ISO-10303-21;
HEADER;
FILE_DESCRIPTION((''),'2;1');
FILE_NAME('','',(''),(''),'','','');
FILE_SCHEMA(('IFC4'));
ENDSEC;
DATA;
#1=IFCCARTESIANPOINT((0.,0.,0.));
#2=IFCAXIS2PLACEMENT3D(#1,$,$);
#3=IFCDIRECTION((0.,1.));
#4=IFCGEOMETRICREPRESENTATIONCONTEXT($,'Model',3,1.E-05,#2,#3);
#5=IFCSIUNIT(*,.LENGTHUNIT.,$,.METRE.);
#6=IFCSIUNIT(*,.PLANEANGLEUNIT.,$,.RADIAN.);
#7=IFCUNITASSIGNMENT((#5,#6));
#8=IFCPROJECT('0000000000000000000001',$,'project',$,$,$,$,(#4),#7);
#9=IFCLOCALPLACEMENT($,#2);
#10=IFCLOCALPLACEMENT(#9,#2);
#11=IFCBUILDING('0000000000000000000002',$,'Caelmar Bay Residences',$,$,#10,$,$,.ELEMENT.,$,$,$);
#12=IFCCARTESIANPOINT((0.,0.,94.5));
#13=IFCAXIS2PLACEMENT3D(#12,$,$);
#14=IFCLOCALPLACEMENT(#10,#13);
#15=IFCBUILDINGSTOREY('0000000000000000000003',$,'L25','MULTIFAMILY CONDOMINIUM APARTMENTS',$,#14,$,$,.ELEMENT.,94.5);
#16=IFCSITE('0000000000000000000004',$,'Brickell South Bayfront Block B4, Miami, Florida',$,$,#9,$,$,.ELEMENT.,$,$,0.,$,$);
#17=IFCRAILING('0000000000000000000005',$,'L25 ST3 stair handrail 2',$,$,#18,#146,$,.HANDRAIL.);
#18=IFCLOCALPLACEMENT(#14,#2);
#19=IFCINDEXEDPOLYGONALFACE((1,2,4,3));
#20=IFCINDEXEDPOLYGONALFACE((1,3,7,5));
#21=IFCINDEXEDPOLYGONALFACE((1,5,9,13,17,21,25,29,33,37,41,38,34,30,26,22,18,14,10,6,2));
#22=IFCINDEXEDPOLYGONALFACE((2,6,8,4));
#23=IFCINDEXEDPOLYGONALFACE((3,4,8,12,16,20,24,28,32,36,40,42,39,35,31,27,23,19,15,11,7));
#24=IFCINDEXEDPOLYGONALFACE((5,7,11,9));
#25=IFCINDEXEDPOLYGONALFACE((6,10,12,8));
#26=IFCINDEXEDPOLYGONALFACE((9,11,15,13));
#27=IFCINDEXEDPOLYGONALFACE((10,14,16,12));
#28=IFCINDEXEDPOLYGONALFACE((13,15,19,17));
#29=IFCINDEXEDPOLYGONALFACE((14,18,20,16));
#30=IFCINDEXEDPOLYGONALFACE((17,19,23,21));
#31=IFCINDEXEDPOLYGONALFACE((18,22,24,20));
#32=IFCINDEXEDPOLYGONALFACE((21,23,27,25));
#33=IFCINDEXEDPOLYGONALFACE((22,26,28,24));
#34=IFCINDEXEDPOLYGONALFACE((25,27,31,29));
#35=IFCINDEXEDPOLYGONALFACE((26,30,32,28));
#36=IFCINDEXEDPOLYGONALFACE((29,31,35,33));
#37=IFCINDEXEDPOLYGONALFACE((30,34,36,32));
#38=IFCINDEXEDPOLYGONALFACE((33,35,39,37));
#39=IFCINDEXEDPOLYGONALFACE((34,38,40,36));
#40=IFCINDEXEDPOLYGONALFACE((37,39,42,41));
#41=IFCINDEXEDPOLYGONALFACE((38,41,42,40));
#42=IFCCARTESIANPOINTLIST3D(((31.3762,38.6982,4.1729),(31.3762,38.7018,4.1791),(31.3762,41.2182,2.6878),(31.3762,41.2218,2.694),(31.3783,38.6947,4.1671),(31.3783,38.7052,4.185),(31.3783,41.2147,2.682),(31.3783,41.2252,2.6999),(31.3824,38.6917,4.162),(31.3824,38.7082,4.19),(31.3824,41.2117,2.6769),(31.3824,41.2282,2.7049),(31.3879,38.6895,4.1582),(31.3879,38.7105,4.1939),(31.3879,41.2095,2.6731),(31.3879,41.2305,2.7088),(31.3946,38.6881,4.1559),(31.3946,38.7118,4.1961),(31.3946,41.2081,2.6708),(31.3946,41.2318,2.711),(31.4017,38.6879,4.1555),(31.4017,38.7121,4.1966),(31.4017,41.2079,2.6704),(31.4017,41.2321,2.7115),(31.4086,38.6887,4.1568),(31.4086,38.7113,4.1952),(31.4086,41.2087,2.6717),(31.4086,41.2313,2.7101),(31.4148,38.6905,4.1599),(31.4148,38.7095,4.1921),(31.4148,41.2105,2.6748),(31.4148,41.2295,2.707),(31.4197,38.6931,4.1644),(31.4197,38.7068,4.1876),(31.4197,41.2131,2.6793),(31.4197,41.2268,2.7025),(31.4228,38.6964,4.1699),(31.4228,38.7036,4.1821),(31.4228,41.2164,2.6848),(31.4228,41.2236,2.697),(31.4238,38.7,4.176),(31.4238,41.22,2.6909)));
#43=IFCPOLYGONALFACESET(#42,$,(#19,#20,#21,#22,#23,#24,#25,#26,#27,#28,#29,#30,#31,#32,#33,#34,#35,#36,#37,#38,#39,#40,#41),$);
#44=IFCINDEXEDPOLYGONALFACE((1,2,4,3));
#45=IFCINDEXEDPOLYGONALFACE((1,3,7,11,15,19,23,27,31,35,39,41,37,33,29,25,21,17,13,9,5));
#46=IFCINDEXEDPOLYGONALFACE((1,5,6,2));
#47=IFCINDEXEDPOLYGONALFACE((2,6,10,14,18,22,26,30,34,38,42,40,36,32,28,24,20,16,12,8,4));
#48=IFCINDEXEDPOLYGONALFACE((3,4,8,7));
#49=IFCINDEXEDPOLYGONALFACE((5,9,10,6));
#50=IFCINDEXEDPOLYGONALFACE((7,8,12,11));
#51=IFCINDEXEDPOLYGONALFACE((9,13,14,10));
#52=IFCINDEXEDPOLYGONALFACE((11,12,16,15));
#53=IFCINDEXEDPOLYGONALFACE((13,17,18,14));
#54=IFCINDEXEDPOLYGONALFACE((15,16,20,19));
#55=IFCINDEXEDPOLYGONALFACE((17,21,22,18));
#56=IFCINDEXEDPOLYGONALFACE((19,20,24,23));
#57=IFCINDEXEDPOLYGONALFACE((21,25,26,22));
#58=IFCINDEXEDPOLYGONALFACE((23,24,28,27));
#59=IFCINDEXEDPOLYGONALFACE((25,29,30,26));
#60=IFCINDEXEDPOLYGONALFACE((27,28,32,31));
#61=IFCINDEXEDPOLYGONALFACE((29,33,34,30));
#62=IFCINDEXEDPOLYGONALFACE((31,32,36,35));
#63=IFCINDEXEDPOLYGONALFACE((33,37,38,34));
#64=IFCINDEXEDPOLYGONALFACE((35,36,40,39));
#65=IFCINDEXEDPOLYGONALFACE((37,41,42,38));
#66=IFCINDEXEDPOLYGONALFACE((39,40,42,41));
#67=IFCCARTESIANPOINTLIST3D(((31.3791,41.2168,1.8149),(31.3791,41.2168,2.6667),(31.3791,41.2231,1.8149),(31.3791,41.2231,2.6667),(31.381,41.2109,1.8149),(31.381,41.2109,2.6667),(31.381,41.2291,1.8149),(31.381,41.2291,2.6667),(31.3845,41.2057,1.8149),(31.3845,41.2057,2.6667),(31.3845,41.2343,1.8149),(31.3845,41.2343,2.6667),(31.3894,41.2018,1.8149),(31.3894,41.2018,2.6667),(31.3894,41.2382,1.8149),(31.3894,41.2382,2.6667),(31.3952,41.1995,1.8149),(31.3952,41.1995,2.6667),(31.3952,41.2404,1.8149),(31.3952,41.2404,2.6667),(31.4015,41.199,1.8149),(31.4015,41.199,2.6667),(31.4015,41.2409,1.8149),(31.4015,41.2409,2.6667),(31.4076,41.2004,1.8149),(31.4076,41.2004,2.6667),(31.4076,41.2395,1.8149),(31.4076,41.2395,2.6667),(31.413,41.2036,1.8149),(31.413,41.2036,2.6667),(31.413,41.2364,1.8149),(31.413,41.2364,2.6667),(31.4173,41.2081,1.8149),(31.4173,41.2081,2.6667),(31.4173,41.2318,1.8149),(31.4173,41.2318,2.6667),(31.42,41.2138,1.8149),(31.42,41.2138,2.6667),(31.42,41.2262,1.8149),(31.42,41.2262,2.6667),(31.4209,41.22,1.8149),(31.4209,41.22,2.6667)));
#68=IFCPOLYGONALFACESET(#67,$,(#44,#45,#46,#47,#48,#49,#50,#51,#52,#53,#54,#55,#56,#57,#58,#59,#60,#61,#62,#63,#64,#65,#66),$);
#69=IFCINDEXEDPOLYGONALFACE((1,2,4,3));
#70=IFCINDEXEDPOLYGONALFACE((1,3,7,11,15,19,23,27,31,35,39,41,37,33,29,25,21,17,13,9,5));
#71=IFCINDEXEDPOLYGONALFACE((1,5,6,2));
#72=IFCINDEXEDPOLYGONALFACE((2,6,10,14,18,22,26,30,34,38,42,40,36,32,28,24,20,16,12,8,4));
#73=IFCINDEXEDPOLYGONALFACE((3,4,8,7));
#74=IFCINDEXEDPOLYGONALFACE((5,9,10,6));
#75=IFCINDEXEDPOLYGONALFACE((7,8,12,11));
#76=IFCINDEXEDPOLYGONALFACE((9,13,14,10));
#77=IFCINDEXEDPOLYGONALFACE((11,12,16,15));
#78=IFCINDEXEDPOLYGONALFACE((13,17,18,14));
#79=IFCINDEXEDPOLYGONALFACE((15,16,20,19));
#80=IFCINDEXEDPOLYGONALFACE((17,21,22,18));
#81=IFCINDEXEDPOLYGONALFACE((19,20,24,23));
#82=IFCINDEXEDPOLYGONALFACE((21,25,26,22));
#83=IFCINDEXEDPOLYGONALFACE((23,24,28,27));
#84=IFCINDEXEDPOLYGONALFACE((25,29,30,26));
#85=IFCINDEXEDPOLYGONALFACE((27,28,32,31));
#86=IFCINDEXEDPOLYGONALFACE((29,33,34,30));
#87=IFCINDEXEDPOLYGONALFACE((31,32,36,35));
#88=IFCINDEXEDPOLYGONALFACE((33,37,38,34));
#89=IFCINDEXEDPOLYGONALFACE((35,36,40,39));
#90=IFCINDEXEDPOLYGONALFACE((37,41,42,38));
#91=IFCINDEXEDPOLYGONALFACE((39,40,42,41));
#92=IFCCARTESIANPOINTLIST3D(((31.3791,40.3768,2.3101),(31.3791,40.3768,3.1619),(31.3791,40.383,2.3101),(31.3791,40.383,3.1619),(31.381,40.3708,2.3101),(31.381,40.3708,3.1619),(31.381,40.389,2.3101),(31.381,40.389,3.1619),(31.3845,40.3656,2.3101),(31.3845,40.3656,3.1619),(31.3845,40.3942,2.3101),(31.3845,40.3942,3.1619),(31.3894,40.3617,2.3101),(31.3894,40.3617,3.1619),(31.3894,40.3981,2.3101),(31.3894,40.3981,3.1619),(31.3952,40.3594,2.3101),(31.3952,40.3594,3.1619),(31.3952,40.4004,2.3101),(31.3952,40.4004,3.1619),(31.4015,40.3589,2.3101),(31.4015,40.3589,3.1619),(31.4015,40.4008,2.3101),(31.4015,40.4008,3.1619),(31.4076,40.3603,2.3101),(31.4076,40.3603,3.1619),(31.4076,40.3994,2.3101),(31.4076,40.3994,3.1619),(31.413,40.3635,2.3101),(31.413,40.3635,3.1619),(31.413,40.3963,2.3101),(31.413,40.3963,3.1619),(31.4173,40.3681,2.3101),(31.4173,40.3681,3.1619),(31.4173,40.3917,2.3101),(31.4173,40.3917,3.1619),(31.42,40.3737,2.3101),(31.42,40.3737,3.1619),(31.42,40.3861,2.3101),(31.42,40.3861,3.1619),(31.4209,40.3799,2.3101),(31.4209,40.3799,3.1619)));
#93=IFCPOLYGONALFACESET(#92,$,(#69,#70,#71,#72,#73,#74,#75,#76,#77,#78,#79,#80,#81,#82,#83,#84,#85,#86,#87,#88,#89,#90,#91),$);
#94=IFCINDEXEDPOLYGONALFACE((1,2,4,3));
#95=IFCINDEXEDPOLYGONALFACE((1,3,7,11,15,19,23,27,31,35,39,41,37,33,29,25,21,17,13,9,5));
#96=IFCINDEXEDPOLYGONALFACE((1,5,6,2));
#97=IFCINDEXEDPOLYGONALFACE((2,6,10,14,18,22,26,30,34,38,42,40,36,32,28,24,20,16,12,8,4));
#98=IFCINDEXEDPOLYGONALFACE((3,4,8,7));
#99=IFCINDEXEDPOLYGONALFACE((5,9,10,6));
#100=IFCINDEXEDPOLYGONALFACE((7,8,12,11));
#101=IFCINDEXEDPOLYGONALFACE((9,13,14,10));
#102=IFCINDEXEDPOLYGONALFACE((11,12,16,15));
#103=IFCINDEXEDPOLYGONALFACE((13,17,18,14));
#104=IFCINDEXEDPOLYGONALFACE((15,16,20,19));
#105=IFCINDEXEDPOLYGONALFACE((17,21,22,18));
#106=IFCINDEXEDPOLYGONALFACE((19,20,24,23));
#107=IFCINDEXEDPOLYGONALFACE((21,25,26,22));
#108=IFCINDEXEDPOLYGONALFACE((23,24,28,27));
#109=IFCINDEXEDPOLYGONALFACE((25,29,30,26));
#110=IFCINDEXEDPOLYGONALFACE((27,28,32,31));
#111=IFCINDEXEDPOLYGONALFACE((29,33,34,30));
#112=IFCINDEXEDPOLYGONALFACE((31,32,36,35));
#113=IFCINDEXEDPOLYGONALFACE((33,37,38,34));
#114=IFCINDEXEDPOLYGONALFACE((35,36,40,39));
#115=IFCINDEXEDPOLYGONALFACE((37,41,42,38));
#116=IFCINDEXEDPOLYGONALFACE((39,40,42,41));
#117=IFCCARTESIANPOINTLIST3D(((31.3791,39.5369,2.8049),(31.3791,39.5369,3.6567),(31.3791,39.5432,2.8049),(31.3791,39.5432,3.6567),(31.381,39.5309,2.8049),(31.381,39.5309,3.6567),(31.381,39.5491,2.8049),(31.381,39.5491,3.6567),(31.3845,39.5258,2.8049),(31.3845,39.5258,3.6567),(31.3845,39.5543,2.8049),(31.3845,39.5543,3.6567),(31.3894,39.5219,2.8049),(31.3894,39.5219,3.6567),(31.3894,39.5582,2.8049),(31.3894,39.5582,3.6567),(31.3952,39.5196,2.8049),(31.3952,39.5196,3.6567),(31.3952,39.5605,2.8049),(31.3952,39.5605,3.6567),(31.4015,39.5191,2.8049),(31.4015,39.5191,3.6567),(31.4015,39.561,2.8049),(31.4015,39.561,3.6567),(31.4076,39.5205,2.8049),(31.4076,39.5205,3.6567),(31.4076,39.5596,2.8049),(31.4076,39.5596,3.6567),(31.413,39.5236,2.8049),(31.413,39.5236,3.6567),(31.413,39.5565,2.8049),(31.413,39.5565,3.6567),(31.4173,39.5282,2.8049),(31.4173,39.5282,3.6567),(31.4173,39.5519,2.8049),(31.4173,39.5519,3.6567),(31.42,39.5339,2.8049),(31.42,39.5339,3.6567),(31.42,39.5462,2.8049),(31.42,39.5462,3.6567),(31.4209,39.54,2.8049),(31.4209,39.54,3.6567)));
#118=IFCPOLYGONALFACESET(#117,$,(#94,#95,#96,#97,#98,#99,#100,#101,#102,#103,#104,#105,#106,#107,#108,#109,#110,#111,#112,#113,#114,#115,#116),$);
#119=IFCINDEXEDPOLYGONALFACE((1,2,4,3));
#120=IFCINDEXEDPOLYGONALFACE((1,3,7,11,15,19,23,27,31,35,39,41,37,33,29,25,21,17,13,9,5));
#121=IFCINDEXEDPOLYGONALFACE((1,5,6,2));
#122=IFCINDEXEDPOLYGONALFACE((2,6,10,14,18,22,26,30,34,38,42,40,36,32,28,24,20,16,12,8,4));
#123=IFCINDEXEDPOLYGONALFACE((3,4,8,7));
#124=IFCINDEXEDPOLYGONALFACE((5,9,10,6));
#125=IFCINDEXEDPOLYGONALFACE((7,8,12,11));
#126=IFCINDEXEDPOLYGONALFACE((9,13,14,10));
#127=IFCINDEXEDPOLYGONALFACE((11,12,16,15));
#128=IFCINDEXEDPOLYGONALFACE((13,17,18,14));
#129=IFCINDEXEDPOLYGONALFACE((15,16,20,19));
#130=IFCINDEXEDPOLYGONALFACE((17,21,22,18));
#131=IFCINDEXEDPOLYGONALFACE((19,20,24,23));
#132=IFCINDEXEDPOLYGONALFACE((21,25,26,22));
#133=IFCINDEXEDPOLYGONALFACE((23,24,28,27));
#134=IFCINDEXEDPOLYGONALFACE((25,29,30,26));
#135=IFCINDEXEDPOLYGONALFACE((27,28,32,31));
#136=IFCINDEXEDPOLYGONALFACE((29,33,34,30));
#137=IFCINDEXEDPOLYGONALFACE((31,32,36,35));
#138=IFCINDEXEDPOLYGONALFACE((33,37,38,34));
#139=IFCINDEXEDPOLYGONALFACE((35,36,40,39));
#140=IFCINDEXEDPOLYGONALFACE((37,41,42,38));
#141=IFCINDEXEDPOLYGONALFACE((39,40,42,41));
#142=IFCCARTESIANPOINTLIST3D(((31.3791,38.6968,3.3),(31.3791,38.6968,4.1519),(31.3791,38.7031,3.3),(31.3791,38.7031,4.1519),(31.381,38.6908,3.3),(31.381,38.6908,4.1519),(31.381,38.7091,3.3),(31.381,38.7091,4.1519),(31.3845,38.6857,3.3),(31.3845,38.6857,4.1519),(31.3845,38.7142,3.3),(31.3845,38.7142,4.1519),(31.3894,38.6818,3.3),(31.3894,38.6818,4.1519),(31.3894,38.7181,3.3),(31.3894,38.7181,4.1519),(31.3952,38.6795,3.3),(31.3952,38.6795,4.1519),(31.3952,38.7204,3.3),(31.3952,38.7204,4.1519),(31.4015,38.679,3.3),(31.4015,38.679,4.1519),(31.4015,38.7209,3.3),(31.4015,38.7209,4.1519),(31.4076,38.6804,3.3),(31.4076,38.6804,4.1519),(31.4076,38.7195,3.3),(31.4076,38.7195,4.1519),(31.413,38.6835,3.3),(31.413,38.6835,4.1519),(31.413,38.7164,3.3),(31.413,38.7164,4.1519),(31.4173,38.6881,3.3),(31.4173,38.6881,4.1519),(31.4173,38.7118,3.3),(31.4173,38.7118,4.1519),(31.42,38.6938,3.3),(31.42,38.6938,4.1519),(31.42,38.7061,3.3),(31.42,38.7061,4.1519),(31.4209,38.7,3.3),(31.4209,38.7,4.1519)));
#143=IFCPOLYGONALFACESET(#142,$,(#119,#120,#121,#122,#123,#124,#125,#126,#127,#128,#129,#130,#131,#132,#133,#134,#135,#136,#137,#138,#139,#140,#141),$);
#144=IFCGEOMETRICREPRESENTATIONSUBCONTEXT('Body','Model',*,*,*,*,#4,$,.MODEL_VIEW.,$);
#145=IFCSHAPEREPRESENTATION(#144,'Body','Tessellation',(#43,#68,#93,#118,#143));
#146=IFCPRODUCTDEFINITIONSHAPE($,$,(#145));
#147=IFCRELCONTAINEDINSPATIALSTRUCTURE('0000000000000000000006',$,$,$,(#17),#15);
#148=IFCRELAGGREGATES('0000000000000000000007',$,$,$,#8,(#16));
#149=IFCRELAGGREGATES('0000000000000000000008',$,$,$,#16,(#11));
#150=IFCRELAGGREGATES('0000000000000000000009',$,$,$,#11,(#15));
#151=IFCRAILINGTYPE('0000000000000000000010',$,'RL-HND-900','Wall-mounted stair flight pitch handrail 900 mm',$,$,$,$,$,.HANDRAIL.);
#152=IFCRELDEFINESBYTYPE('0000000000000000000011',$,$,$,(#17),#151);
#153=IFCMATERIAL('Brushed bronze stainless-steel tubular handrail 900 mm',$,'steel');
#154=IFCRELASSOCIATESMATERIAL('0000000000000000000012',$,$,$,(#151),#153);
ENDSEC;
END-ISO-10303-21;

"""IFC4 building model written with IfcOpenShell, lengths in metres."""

from ifc_helpers import new_model, si_unit, direction, frame, origin, origin_2d, place, context, subcontext, project, spatial, circle, extrude, material, type_object, element, save


model = new_model("IFC4")

# Units and contexts
model_context = context("Model", 3, precision=1e-05, world=origin(), true_north=direction((0.0, 1.0)))
body_context = subcontext(model_context, "Body", "Model", "MODEL_VIEW")
ifc_project = project(units=[si_unit("LENGTHUNIT", "METRE"), si_unit("PLANEANGLEUNIT", "RADIAN")], contexts=[model_context])

# Site, building, storey
site_placement = place(None, origin())
site = spatial("IfcSite", under=ifc_project, at=site_placement, Name="Brickell South Bayfront Block B4, Miami, Florida", CompositionType="ELEMENT", RefElevation=0.0)
building_placement = place(site_placement, origin())
building = spatial("IfcBuilding", under=site, at=building_placement, Name="Caelmar Bay Residences", CompositionType="ELEMENT")
storey_placement = place(building_placement, frame((0.0, 0.0, 94.5)))
storey = spatial("IfcBuildingStorey", under=building, at=storey_placement, Name="L25", Description="MULTIFAMILY CONDOMINIUM APARTMENTS", CompositionType="ELEMENT", Elevation=94.5)

# Railing
ifc_material_1 = material(Name="Brushed bronze stainless-steel tubular handrail 900 mm", Category="steel")
railing_type_1 = type_object("IfcRailingType", Name="RL-HND-900", Description="Wall-mounted stair flight pitch handrail 900 mm", PredefinedType="HANDRAIL", material=ifc_material_1)
railing_1_placement = place(storey_placement, frame((31.3999, 41.22, 1.8149)))
element("IfcRailing", 1, at=railing_1_placement, inside=storey, type_object=railing_type_1, Name="L25 ST3 stair handrail 2", PredefinedType="HANDRAIL", context=body_context, shape_type="SweptSolid", body=[
    extrude(circle(Radius=0.0239, at=origin_2d()), frame((0.0, 0.0, 0.876), z_axis=(0.0, -0.861524, 0.507717), x_axis=(1.0, 0.0, 0.0)), (0.0, 0.0, 1.0), 2.925),
    extrude(circle(Radius=0.021, at=origin_2d()), origin(), (0.0, 0.0, 1.0), 0.8518),
    extrude(circle(Radius=0.021, at=origin_2d()), frame((0.0, -0.8401, 0.4951)), (0.0, 0.0, 1.0), 0.8518),
    extrude(circle(Radius=0.021, at=origin_2d()), frame((0.0, -1.6799, 0.99)), (0.0, 0.0, 1.0), 0.8518),
    extrude(circle(Radius=0.021, at=origin_2d()), frame((0.0, -2.52, 1.4851)), (0.0, 0.0, 1.0), 0.8518),
])

save(model, "model.ifc")
